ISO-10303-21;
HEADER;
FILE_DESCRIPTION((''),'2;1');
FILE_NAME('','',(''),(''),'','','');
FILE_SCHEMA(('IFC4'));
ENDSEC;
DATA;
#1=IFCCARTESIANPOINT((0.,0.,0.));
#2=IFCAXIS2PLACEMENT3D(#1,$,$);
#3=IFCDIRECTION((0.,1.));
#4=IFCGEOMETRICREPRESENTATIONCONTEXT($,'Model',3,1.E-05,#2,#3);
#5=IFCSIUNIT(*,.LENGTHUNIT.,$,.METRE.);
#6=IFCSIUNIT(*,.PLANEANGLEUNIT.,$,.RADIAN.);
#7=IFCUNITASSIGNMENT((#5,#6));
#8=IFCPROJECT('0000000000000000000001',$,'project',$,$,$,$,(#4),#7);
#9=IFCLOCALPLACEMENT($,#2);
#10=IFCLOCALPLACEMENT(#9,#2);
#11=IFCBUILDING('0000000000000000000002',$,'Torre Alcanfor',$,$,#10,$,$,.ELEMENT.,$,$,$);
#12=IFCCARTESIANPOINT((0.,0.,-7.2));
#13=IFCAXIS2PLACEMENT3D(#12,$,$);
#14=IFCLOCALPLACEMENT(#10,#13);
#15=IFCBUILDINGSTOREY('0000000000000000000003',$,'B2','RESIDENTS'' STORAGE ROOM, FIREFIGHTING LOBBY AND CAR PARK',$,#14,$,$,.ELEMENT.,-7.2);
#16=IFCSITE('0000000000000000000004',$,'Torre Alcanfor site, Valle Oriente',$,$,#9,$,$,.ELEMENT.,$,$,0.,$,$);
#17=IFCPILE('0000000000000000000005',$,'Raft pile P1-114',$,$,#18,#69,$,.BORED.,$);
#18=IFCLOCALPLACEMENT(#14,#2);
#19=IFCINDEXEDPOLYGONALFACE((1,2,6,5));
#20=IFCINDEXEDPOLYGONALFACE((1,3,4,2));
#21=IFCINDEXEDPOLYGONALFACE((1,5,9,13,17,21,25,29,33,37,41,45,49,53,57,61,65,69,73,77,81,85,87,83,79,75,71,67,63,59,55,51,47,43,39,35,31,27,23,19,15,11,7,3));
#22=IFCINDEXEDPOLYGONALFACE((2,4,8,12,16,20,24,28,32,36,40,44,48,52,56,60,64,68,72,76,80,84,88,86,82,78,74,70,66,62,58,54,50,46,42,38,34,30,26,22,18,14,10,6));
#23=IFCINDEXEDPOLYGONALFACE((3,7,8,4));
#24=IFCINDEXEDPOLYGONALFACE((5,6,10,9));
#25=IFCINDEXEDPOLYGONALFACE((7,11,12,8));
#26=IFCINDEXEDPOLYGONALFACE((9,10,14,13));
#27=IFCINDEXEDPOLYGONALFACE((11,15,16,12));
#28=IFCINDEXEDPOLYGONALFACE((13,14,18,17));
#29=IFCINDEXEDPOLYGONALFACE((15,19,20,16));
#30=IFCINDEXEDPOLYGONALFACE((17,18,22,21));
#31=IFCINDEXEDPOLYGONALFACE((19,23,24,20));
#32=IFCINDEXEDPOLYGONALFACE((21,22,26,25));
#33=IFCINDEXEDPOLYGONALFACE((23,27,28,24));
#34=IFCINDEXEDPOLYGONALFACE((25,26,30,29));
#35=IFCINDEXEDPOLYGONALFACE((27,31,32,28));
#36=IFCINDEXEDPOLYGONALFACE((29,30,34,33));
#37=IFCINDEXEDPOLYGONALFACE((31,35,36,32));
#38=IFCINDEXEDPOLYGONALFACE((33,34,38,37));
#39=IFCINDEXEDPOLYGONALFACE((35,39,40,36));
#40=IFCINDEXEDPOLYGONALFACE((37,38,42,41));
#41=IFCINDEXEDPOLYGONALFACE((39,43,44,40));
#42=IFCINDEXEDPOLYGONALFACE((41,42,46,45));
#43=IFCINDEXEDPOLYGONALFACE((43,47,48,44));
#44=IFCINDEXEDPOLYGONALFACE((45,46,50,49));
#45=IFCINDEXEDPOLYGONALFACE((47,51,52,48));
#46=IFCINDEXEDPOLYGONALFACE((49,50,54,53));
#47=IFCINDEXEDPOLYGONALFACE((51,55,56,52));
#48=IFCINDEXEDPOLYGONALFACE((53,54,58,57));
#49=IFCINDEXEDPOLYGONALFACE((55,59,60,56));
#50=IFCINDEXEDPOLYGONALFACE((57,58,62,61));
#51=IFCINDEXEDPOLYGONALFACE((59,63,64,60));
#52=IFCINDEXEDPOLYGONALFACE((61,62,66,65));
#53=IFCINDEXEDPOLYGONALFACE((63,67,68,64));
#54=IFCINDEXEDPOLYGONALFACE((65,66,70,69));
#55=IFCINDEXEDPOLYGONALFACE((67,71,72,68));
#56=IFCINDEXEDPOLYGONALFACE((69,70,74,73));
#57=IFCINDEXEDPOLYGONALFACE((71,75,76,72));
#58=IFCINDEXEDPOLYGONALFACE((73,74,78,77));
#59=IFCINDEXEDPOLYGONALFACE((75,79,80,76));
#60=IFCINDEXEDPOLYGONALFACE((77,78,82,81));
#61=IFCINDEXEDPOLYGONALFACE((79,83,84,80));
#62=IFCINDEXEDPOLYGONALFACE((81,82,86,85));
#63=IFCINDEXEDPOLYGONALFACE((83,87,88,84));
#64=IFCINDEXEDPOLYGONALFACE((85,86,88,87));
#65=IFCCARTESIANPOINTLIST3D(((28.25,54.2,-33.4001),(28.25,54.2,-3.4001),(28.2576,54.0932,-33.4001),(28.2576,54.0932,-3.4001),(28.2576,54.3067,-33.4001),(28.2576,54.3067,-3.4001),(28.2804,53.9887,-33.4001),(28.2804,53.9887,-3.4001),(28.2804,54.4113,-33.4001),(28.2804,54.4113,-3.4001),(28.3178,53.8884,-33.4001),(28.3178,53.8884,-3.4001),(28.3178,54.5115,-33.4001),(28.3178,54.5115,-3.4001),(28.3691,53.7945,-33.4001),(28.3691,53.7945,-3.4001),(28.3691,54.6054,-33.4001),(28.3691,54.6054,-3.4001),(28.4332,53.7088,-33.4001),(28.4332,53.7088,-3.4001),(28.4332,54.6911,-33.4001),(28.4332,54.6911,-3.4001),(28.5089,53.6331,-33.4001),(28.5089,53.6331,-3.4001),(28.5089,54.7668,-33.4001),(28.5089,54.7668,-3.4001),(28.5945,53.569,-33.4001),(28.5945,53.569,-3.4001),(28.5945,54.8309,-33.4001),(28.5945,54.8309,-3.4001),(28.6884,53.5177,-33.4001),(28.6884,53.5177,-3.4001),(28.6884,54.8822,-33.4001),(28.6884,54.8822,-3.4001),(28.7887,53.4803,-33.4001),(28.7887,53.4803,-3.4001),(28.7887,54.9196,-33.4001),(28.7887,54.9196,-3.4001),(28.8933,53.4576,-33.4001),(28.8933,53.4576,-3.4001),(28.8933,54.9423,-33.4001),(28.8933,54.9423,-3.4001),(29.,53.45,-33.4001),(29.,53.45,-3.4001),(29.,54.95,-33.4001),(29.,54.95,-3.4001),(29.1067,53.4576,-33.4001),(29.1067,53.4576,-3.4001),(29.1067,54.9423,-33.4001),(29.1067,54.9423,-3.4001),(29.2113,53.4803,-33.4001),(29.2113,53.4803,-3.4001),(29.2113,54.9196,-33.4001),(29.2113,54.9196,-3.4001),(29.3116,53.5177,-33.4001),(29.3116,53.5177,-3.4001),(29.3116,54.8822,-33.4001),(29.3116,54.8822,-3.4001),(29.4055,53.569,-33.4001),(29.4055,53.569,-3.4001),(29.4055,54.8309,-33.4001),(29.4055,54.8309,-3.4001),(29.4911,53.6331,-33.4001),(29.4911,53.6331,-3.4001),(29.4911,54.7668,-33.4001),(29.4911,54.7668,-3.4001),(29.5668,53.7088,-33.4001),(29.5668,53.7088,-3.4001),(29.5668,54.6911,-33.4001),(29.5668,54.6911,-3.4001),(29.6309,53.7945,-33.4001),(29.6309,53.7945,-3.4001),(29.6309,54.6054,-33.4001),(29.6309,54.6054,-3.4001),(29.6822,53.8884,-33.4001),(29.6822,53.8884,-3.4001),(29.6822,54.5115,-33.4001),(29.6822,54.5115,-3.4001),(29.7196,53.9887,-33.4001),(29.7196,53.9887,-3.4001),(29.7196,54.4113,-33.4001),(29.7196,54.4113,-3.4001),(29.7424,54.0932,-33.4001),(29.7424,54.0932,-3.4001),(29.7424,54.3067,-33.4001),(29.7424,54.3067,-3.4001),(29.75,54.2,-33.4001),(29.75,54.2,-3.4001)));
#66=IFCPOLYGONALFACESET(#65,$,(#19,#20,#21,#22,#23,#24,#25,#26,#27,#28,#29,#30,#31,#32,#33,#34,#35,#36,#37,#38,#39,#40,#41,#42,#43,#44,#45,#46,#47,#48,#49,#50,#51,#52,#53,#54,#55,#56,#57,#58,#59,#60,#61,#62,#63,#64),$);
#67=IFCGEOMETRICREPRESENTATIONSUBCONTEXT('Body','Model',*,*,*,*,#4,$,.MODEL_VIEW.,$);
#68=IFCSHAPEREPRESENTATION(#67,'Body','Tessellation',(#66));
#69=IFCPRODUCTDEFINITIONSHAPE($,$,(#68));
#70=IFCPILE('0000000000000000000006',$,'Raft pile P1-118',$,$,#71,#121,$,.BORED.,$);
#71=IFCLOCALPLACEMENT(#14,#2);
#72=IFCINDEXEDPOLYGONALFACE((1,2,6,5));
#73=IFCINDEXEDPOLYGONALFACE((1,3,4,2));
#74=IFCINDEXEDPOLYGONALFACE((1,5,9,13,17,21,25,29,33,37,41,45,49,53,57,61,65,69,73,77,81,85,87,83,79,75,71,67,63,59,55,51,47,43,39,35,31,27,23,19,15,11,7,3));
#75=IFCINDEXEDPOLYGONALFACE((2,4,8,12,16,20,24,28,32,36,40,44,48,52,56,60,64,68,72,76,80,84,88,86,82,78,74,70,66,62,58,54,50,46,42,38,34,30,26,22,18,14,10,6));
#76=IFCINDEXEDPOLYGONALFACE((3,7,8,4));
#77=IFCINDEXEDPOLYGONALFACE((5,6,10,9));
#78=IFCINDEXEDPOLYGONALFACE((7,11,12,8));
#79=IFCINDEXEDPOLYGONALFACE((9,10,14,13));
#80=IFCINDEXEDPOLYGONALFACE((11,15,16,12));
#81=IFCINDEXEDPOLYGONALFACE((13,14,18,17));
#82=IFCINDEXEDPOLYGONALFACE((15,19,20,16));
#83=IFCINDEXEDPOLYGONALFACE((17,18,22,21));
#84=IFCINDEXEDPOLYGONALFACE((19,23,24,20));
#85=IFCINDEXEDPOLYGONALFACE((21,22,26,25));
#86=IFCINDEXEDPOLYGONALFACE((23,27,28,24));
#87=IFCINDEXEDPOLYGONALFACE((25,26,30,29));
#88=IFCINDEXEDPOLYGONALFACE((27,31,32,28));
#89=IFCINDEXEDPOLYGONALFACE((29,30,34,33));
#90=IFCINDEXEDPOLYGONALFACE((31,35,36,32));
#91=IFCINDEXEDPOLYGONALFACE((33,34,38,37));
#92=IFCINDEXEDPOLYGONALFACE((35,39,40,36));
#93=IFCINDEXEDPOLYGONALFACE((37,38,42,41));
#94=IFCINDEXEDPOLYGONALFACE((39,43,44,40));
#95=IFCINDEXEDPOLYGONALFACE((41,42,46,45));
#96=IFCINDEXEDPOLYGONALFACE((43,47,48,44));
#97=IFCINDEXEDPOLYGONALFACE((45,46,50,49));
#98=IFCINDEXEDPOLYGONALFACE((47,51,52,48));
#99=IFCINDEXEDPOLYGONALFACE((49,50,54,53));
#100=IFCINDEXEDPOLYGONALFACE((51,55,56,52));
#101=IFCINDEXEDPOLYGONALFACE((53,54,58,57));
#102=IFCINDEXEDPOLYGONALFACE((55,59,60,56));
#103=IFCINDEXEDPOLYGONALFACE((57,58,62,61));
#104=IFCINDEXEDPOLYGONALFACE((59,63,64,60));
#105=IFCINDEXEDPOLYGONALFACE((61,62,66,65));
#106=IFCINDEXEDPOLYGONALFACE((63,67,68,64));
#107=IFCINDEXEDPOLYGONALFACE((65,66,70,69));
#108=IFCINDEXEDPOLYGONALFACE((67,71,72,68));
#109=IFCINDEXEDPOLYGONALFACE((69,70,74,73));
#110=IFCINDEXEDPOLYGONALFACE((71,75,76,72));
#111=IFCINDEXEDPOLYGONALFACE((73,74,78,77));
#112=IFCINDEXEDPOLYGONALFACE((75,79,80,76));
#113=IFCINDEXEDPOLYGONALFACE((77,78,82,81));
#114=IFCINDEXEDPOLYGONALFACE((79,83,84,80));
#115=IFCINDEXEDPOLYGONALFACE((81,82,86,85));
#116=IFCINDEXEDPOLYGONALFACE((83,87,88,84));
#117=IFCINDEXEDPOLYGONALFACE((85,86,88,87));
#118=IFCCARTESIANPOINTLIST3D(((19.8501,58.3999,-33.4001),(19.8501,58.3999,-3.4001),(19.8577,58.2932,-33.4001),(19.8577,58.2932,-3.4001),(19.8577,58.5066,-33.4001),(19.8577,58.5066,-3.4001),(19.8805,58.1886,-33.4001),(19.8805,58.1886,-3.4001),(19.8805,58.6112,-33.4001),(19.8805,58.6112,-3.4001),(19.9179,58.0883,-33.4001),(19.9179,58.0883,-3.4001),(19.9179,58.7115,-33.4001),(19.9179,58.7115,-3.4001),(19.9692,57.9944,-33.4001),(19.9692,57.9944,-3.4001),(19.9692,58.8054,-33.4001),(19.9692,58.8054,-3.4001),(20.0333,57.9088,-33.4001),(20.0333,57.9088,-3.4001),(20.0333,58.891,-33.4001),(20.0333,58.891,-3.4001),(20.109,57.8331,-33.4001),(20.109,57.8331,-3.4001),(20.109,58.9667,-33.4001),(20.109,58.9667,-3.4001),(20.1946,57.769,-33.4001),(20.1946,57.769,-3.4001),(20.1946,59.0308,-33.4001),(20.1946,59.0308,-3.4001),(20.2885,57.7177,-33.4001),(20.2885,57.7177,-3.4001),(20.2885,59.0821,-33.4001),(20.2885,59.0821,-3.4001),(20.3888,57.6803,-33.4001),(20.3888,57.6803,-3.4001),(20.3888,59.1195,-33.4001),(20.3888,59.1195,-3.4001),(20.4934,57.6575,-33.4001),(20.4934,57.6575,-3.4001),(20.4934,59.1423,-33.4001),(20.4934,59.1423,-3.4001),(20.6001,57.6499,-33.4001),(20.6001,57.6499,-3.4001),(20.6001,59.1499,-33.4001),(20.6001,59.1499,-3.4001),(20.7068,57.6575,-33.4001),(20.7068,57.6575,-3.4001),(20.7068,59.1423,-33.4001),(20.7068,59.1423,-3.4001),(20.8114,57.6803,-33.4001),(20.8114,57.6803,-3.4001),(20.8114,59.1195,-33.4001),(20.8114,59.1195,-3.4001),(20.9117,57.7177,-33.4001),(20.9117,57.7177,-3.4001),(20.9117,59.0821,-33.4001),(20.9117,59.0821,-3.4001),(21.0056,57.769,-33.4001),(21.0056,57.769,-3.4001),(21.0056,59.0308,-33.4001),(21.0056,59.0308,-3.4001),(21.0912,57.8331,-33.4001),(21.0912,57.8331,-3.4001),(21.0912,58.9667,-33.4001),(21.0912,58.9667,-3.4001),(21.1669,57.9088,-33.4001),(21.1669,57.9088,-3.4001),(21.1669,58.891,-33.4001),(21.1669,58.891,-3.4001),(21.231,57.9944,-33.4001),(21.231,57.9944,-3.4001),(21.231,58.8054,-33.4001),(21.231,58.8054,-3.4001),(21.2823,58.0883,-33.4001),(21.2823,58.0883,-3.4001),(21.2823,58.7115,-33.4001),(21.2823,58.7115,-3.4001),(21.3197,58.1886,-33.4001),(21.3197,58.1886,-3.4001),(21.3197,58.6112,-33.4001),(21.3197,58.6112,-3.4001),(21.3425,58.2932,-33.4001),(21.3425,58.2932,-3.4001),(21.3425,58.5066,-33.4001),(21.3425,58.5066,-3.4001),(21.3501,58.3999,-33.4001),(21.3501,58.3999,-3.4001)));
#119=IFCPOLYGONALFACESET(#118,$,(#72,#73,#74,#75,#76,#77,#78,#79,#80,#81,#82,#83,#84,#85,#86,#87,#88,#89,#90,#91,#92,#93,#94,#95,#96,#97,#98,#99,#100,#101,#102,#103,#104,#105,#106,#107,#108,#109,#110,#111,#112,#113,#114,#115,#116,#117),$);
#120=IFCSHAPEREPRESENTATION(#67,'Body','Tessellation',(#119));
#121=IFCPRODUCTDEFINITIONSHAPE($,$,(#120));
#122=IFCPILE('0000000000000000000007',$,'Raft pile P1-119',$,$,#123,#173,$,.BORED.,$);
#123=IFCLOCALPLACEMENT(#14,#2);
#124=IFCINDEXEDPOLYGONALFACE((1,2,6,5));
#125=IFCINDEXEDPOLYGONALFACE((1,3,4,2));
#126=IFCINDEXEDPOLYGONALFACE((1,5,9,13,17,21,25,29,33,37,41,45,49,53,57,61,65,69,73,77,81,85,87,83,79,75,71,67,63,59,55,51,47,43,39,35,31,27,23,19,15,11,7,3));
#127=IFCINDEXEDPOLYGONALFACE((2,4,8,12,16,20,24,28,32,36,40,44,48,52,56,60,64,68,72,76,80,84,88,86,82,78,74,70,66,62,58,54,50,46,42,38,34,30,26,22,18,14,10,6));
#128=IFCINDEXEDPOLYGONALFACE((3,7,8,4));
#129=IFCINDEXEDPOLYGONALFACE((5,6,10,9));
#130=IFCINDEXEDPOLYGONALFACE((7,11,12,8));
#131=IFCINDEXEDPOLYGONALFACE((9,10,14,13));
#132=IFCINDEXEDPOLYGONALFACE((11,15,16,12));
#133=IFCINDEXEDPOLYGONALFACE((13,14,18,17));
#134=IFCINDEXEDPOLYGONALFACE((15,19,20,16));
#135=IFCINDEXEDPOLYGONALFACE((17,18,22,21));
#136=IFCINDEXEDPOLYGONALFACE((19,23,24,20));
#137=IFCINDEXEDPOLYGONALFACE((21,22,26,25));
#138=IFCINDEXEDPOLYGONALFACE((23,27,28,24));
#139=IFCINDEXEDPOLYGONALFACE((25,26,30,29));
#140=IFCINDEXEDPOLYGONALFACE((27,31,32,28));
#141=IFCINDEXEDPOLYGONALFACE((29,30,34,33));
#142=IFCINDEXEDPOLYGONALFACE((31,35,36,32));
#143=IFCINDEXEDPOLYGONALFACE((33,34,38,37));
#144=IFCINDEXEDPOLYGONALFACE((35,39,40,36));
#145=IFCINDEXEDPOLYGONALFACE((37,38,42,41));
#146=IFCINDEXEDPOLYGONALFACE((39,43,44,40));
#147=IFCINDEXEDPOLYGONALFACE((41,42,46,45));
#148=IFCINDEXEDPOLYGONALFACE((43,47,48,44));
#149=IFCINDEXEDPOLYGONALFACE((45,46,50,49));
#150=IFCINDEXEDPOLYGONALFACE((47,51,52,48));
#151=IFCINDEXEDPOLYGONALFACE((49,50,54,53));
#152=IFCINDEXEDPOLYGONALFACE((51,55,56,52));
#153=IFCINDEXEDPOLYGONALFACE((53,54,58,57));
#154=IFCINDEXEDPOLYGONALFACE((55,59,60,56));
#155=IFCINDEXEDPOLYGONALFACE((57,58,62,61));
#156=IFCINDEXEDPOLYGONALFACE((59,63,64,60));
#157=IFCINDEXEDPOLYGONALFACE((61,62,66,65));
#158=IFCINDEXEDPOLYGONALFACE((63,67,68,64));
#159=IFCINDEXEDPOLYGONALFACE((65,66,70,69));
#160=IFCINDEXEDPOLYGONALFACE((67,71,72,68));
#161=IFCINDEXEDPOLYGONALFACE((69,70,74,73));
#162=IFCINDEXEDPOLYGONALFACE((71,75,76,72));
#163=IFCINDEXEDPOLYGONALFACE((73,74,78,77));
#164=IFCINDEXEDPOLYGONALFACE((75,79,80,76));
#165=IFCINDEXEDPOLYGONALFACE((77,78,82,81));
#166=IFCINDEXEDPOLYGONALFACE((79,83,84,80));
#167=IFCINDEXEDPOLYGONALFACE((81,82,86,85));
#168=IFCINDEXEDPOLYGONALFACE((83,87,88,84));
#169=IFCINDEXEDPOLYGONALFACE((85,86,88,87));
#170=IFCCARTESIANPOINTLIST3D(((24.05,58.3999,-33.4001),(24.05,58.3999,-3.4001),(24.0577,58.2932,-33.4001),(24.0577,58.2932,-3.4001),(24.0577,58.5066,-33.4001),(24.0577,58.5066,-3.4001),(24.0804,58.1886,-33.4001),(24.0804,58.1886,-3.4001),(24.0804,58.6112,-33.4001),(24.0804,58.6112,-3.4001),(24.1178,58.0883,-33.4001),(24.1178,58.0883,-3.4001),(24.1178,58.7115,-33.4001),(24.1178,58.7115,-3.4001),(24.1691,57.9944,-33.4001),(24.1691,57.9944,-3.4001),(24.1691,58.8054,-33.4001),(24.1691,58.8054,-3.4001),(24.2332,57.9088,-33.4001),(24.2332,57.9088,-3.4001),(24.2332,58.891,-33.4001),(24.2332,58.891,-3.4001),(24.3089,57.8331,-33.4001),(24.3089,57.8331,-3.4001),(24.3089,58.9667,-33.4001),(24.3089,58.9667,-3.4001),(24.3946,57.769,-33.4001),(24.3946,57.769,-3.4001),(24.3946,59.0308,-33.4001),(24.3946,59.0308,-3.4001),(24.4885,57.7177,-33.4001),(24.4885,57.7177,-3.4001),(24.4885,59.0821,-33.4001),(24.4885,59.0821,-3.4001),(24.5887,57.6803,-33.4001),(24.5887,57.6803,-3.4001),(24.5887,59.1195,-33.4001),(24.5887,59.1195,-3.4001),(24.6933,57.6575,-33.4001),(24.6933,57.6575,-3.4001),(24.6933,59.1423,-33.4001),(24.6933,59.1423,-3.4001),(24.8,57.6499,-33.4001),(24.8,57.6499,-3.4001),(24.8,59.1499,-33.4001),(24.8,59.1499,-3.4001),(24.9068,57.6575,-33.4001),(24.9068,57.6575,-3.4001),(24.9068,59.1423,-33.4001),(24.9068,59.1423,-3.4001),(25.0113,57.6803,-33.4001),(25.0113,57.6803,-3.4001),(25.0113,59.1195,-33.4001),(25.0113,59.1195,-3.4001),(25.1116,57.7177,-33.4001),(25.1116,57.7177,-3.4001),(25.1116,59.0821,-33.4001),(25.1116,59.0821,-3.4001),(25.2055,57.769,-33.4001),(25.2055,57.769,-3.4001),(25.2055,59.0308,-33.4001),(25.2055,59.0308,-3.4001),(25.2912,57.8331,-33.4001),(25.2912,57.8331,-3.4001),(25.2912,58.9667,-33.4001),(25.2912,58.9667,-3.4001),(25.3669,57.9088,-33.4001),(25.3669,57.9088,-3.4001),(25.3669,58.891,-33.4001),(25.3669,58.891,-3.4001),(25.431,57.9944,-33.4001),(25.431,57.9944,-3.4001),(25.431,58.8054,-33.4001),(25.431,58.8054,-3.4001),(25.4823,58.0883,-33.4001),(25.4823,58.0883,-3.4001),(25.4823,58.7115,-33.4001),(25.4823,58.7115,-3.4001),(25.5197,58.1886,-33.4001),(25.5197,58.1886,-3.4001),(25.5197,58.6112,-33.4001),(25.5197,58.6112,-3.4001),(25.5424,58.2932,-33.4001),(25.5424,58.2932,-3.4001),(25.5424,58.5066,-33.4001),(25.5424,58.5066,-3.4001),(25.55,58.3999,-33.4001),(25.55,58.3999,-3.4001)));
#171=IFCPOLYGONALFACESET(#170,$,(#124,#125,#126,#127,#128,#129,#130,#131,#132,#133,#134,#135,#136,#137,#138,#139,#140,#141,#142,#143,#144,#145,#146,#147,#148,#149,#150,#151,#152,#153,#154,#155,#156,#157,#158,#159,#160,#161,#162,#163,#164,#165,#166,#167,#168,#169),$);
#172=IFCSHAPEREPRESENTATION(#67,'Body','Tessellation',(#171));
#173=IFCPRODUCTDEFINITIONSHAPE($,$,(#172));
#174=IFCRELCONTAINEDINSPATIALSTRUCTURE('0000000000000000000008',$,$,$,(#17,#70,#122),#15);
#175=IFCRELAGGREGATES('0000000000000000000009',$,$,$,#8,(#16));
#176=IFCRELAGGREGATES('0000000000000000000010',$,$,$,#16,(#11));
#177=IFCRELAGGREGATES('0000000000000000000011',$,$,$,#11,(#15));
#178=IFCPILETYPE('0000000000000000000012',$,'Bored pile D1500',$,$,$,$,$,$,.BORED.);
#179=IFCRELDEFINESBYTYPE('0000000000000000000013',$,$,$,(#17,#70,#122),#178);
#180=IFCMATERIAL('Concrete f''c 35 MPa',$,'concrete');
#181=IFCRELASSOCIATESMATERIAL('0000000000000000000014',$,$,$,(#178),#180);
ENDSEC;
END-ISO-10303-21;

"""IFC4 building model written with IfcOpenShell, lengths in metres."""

from ifc_helpers import new_model, si_unit, direction, frame, origin, origin_2d, place, context, subcontext, project, spatial, circle, extrude, material, material_profile, profile_set, type_object, element, save


model = new_model("IFC4")

# Units and contexts
model_context = context("Model", 3, precision=1e-05, world=origin(), true_north=direction((0.0, 1.0)))
body_context = subcontext(model_context, "Body", "Model", "MODEL_VIEW")
ifc_project = project(units=[si_unit("LENGTHUNIT", "METRE"), si_unit("PLANEANGLEUNIT", "RADIAN")], contexts=[model_context])

# Site, building, storey
site_placement = place(None, origin())
site = spatial("IfcSite", under=ifc_project, at=site_placement, Name="Torre Alcanfor site, Valle Oriente", CompositionType="ELEMENT", RefElevation=0.0)
building_placement = place(site_placement, origin())
building = spatial("IfcBuilding", under=site, at=building_placement, Name="Torre Alcanfor", CompositionType="ELEMENT")
storey_placement = place(building_placement, frame((0.0, 0.0, -7.2)))
storey = spatial("IfcBuildingStorey", under=building, at=storey_placement, Name="B2", Description="RESIDENTS' STORAGE ROOM, FIREFIGHTING LOBBY AND CAR PARK", CompositionType="ELEMENT", Elevation=-7.2)

# Piles
ifc_material_1 = material(Name="Concrete f'c 35 MPa", Category="concrete")
ifc_material_profile_1 = material_profile(ifc_material_1, circle(Radius=0.75, at=origin_2d()), Name="D1500")
ifc_profile_set_1 = profile_set([ifc_material_profile_1], Name="Concrete f'c 35 MPa")
pile_type_1 = type_object("IfcPileType", Name="Bored pile D1500", PredefinedType="BORED", material=ifc_profile_set_1)
for number, where, z_axis, x_axis, name in (
    (1, (29.0, 54.2, -3.4001), (0.0, 0.0, -1.0), (1.0, 0.0, 0.0), "Raft pile P1-114"),
    (2, (20.6001, 58.3999, -3.4001), (0.0, 0.0, -1.0), (1.0, 0.0, 0.0), "Raft pile P1-118"),
    (3, (24.8, 58.3999, -3.4001), (0.0, 0.0, -1.0), (1.0, 0.0, 0.0), "Raft pile P1-119"),
):
    element("IfcPile", number, at=place(storey_placement, frame(where, z_axis=z_axis, x_axis=x_axis)), inside=storey, type_object=pile_type_1, Name=name, PredefinedType="BORED", context=body_context, shape_type="SweptSolid", body=[
        extrude(circle(Radius=0.75, at=origin_2d()), origin(), (0.0, 0.0, 1.0), 30.0),
    ])

save(model, "model.ifc")
